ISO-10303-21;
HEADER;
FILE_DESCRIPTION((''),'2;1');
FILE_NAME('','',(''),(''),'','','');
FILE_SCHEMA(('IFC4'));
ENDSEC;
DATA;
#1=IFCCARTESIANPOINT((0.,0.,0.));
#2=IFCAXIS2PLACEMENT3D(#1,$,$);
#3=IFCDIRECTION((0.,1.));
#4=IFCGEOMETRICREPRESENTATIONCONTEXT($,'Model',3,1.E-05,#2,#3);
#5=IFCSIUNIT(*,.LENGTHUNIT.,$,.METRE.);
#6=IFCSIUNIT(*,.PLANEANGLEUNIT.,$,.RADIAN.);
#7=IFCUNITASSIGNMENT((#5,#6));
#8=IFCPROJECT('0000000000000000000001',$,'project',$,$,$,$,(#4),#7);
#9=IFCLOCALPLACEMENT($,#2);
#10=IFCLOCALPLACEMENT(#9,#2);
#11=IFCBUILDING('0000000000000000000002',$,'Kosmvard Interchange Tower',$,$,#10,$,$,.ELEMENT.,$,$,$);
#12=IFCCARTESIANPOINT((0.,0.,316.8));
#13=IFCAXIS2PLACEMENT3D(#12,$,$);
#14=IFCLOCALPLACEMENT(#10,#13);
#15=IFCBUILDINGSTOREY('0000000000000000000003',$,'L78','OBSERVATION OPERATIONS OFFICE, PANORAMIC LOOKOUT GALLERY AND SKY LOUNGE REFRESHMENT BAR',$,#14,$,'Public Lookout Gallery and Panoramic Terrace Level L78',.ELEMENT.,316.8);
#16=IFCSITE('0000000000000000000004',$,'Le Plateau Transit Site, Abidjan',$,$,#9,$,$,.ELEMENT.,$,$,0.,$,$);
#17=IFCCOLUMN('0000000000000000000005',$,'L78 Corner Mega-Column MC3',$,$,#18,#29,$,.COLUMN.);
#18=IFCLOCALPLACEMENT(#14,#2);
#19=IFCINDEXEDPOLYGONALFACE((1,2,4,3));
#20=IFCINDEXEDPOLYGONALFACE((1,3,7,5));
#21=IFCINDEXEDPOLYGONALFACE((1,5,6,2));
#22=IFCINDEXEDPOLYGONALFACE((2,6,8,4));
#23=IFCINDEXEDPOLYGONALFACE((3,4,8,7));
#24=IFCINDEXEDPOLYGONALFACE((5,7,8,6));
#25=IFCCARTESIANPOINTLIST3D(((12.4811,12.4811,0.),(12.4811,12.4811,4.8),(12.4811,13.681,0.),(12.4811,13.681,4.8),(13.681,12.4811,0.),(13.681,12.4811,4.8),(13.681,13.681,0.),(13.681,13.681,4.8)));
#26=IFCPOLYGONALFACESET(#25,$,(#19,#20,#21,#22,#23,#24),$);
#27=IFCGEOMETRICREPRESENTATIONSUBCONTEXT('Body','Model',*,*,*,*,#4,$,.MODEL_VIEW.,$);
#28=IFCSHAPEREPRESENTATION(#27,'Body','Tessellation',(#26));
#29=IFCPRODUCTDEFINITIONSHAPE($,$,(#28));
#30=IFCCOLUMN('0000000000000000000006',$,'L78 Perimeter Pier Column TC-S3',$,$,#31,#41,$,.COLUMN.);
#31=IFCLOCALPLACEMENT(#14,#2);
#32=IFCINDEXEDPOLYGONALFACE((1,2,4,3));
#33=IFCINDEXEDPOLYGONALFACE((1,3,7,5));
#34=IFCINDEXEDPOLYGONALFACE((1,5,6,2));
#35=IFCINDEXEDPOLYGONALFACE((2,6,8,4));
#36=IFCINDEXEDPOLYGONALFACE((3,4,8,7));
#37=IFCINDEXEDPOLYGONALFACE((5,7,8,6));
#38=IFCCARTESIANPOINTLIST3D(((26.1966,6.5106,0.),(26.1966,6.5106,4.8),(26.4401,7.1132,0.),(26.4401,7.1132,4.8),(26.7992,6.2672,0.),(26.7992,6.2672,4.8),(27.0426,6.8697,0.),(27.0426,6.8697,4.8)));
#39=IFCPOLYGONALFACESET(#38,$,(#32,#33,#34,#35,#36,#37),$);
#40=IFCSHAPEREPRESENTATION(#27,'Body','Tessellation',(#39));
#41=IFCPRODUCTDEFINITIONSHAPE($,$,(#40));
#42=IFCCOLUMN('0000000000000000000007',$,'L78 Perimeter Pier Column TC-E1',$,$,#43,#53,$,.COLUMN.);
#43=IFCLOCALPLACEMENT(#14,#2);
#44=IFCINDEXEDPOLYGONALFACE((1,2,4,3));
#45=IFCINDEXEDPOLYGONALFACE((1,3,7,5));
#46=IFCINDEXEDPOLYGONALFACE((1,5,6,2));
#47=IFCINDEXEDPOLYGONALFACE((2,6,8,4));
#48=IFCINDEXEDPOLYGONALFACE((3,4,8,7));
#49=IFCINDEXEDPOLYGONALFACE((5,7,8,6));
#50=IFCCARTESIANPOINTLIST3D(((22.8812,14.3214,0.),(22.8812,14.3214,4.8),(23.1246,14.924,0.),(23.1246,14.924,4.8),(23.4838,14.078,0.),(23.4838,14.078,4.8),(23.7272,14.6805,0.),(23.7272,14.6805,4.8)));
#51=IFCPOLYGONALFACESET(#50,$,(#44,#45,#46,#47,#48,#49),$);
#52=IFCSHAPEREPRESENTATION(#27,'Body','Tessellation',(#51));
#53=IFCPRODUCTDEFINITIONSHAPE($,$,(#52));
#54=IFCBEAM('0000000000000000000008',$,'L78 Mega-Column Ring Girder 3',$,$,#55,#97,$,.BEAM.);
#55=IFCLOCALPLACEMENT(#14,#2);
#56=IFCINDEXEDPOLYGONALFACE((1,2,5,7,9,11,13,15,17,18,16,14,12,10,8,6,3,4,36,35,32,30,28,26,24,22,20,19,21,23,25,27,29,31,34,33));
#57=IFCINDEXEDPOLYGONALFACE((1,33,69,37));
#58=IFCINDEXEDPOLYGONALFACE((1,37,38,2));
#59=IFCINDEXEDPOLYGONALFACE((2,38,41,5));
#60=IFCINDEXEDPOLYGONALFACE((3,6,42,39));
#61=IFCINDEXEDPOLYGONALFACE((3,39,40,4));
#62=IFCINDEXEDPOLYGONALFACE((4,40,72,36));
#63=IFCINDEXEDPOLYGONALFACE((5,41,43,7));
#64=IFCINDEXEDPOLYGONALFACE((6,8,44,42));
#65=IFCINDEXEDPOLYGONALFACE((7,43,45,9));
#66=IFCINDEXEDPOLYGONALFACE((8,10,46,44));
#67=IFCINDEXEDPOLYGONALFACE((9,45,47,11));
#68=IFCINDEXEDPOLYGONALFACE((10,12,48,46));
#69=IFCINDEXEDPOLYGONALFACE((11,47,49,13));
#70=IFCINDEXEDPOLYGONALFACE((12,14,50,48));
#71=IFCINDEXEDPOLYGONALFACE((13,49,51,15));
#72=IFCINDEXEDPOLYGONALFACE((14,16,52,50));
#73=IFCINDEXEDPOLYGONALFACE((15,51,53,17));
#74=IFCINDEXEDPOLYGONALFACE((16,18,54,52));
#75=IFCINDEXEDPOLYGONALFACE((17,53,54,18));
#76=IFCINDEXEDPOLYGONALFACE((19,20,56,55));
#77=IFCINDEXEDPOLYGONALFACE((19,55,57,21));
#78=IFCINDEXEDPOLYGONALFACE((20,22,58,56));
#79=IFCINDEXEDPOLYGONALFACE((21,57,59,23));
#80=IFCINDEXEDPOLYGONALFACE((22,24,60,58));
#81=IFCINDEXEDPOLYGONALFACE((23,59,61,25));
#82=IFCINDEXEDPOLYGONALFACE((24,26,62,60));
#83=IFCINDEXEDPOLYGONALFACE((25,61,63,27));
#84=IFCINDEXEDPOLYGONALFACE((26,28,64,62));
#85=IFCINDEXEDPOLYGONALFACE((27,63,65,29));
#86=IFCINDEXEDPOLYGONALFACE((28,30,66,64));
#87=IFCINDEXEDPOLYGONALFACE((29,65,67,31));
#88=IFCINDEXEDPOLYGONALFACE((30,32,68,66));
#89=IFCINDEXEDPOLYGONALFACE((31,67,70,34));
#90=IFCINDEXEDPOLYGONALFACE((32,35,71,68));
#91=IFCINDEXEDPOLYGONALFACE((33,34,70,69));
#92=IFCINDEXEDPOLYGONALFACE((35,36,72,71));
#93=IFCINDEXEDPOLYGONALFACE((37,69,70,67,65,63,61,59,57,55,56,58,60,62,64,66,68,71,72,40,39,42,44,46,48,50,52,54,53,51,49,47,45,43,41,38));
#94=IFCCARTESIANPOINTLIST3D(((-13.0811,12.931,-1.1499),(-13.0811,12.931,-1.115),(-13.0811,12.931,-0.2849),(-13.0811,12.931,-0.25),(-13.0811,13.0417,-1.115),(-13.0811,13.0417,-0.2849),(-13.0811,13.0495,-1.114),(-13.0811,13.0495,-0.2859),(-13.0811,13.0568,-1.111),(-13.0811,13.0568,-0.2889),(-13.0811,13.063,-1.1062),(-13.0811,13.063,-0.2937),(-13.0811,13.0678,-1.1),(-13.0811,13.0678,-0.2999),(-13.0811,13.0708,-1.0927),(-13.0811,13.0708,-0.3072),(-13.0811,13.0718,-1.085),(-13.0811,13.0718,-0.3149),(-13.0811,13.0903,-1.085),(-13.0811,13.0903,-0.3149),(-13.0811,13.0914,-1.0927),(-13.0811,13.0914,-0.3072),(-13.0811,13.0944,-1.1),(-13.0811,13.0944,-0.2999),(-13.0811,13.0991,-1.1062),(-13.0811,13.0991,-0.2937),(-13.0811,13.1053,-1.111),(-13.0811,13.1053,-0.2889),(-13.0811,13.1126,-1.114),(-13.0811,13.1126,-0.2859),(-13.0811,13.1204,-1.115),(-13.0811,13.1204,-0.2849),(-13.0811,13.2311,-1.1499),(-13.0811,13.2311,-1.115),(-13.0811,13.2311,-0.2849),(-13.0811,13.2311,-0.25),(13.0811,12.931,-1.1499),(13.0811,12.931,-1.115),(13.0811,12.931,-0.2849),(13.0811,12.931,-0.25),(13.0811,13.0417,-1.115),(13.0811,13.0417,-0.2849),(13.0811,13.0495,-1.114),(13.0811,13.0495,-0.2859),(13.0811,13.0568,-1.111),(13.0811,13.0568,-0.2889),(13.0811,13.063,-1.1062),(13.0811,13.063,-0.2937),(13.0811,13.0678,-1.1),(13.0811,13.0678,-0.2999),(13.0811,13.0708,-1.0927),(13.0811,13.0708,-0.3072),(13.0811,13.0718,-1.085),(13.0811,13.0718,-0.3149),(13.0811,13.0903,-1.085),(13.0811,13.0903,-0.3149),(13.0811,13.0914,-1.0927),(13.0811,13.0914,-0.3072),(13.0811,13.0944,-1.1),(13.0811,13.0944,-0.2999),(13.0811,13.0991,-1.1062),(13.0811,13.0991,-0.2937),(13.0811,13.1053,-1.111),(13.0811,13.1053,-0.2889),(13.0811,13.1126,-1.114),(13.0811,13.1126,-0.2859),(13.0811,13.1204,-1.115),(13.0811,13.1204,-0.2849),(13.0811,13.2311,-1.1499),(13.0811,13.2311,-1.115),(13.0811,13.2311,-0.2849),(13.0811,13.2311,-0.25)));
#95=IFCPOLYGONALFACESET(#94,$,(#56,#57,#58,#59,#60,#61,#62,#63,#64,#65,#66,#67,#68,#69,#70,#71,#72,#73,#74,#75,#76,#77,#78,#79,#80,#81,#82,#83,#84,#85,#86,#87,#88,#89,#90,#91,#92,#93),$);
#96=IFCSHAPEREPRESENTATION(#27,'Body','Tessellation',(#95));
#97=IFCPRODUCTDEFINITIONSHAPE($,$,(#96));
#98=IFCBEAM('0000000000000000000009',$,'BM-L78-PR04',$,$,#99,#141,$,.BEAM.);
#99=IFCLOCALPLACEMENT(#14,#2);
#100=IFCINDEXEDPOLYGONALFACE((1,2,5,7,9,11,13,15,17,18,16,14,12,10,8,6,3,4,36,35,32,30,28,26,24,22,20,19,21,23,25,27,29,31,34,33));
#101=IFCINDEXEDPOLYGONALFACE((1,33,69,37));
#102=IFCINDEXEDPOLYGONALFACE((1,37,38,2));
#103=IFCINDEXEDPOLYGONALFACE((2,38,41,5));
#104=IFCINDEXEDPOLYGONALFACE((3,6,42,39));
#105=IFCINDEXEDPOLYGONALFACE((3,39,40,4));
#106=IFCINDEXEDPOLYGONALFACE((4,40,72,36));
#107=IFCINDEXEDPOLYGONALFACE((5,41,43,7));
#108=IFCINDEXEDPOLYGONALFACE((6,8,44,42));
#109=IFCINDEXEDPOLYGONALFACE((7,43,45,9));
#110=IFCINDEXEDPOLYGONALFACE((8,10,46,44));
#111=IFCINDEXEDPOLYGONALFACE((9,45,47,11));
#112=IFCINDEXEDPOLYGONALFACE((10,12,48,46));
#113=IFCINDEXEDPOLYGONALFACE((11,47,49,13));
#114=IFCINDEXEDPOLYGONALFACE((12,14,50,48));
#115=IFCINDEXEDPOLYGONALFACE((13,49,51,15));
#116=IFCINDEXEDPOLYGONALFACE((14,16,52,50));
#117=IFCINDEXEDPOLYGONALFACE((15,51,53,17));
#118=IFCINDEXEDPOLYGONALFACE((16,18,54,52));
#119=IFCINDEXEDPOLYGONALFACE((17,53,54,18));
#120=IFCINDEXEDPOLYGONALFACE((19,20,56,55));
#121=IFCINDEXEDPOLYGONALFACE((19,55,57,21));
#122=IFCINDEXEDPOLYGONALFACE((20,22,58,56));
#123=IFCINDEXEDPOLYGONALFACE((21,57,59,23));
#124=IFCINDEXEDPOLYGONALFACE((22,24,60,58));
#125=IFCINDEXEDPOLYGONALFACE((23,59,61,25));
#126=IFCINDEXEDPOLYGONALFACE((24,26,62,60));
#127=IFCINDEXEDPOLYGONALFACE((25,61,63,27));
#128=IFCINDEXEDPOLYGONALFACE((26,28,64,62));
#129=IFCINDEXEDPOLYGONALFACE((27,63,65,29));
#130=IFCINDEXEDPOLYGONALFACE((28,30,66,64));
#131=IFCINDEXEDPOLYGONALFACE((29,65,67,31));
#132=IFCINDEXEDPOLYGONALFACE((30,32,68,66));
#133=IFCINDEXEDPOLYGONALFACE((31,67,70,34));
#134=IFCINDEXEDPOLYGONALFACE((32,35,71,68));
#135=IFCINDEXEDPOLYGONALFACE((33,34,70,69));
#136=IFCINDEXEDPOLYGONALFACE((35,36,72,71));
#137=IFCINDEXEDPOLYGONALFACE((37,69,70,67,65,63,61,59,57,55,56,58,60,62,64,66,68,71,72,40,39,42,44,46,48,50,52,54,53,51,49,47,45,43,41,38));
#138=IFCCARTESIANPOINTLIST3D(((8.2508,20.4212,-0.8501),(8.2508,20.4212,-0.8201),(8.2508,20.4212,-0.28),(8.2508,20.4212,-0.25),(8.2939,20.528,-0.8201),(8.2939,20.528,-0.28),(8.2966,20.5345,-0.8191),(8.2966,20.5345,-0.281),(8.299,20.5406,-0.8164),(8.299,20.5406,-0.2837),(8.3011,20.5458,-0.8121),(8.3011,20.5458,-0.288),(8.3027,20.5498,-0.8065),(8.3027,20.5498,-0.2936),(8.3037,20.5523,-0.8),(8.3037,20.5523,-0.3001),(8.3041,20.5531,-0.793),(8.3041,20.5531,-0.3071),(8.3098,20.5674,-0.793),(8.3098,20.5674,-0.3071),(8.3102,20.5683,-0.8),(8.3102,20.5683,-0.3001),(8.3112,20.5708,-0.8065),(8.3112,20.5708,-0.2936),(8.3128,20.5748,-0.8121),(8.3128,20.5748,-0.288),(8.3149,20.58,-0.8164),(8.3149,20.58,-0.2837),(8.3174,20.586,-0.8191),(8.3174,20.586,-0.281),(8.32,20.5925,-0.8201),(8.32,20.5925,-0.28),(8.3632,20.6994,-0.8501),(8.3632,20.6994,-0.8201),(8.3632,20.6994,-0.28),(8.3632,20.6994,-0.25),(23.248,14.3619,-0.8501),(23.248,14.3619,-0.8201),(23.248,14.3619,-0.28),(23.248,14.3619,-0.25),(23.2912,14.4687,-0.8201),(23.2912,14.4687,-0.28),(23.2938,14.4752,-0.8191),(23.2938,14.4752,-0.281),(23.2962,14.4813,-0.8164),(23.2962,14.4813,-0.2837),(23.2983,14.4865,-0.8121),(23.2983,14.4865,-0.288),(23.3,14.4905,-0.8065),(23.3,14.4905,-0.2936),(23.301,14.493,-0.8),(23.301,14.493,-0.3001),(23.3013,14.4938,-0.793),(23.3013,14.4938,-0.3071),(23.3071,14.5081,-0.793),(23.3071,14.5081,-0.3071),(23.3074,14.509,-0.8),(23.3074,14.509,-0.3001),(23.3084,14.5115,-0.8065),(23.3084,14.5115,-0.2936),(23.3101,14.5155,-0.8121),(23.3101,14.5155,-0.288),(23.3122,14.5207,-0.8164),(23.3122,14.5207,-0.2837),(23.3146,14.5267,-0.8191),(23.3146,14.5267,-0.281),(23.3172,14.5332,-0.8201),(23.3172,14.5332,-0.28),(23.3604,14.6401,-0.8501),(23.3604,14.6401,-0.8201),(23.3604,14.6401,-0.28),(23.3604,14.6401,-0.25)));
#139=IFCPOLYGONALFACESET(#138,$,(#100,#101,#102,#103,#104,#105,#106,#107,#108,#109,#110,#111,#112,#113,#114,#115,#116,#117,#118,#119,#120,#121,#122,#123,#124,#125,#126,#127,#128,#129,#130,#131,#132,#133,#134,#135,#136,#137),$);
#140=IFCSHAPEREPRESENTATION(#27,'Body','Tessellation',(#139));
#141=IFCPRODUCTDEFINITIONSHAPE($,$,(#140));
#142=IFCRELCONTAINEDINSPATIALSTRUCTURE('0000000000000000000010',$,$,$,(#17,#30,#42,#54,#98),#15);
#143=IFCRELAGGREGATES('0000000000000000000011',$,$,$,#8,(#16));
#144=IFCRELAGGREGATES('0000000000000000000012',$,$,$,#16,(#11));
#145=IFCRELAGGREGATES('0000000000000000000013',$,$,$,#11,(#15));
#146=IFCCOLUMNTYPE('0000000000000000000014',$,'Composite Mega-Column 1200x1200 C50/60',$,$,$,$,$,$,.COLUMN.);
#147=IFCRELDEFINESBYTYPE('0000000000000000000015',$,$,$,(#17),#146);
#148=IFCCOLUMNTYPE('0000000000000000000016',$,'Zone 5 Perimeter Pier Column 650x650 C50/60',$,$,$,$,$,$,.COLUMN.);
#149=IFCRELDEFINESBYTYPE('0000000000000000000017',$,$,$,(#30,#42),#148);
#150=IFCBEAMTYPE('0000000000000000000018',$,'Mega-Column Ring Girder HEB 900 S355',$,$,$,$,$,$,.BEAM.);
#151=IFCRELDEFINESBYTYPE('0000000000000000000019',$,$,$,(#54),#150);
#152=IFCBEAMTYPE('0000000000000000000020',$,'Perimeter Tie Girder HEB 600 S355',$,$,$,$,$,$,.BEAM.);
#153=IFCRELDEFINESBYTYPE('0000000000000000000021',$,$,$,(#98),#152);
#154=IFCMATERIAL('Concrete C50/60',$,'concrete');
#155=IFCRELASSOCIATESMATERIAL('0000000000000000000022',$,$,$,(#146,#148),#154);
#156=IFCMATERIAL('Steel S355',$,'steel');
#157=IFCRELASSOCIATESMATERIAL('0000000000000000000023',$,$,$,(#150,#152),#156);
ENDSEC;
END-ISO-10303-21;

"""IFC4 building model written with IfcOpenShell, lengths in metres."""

from ifc_helpers import new_model, si_unit, direction, frame, origin, origin_2d, place, context, subcontext, project, spatial, rectangle, i_section, extrude, source, transform, mapped, material, material_profile, profile_set, type_object, element, save


model = new_model("IFC4")

# Units and contexts
model_context = context("Model", 3, precision=1e-05, world=origin(), true_north=direction((0.0, 1.0)))
body_context = subcontext(model_context, "Body", "Model", "MODEL_VIEW")
ifc_project = project(units=[si_unit("LENGTHUNIT", "METRE"), si_unit("PLANEANGLEUNIT", "RADIAN")], contexts=[model_context])

# Site, building, storey
site_placement = place(None, origin())
site = spatial("IfcSite", under=ifc_project, at=site_placement, Name="Le Plateau Transit Site, Abidjan", CompositionType="ELEMENT", RefElevation=0.0)
building_placement = place(site_placement, origin())
building = spatial("IfcBuilding", under=site, at=building_placement, Name="Kosmvard Interchange Tower", CompositionType="ELEMENT")
storey_placement = place(building_placement, frame((0.0, 0.0, 316.8)))
storey = spatial("IfcBuildingStorey", under=building, at=storey_placement, Name="L78", Description="OBSERVATION OPERATIONS OFFICE, PANORAMIC LOOKOUT GALLERY AND SKY LOUNGE REFRESHMENT BAR", LongName="Public Lookout Gallery and Panoramic Terrace Level L78", CompositionType="ELEMENT", Elevation=316.8)

# Columns
ifc_material_1 = material(Name="Concrete C50/60", Category="concrete")
ifc_material_profile_1 = material_profile(ifc_material_1, rectangle(XDim=1.2, YDim=1.2, at=origin_2d()), Name="MC 1200x1200")
ifc_profile_set_1 = profile_set([ifc_material_profile_1], Name="Concrete C50/60")
column_type_1 = type_object("IfcColumnType", Name="Composite Mega-Column 1200x1200 C50/60", PredefinedType="COLUMN", material=ifc_profile_set_1)
shared_shape_1 = source(origin(), body_context, "Body", "SweptSolid", [
    extrude(rectangle(XDim=1.2, YDim=1.2, at=origin_2d()), origin(), (0.0, 0.0, 1.0), 4.8),
])
column_placement = place(storey_placement, frame((13.0811, 13.0811, 0.0), z_axis=(0.0, 0.0, 1.0), x_axis=(1.0, 0.0, 0.0)))
element("IfcColumn", 1, at=column_placement, inside=storey, type_object=column_type_1, Name="L78 Corner Mega-Column MC3", PredefinedType="COLUMN", context=body_context, shape_type="MappedRepresentation", body=[
    mapped(shared_shape_1, transform((0.0, 0.0, 0.0), scale=1.0)),
])
ifc_material_profile_2 = material_profile(ifc_material_1, rectangle(XDim=0.6499, YDim=0.6499, at=origin_2d()), Name="TC 650x650")
ifc_profile_set_2 = profile_set([ifc_material_profile_2], Name="Concrete C50/60")
column_type_2 = type_object("IfcColumnType", Name="Zone 5 Perimeter Pier Column 650x650 C50/60", PredefinedType="COLUMN", material=ifc_profile_set_2)
shared_shape_2 = source(origin(), body_context, "Body", "SweptSolid", [
    extrude(rectangle(XDim=0.6499, YDim=0.6499, at=origin_2d()), origin(), (0.0, 0.0, 1.0), 4.8),
])
for number, where, z_axis, x_axis, name in (
    (2, (26.6196, 6.6902, 0.0), (0.0, 0.0, 1.0), (0.374607, 0.927184, 0.0), "L78 Perimeter Pier Column TC-S3"),
    (3, (23.3042, 14.501, 0.0), (0.0, 0.0, 1.0), (0.374607, 0.927184, 0.0), "L78 Perimeter Pier Column TC-E1"),
):
    element("IfcColumn", number, at=place(storey_placement, frame(where, z_axis=z_axis, x_axis=x_axis)), inside=storey, type_object=column_type_2, Name=name, PredefinedType="COLUMN", context=body_context, shape_type="MappedRepresentation", body=[
        mapped(shared_shape_2, transform((0.0, 0.0, 0.0), scale=1.0)),
    ])

# Beams
ifc_material_2 = material(Name="Steel S355", Category="steel")
ifc_material_profile_3 = material_profile(ifc_material_2, i_section(OverallWidth=0.3, OverallDepth=0.8999, WebThickness=0.0186, FlangeThickness=0.0349, FilletRadius=0.03, at=origin_2d()), Name="HEB 900")
ifc_profile_set_3 = profile_set([ifc_material_profile_3], Name="Steel S355")
beam_type_1 = type_object("IfcBeamType", Name="Mega-Column Ring Girder HEB 900 S355", PredefinedType="BEAM", material=ifc_profile_set_3)
shared_shape_3 = source(origin(), body_context, "Body", "SweptSolid", [
    extrude(i_section(OverallWidth=0.3, OverallDepth=0.8999, WebThickness=0.0186, FlangeThickness=0.0349, FilletRadius=0.03, at=origin_2d()), origin(), (0.0, 0.0, 1.0), 26.1621),
])
beam_1_placement = place(storey_placement, frame((13.0811, 13.0811, -0.7), z_axis=(-1.0, 0.0, 0.0), x_axis=(0.0, -1.0, 0.0)))
element("IfcBeam", 4, at=beam_1_placement, inside=storey, type_object=beam_type_1, Name="L78 Mega-Column Ring Girder 3", PredefinedType="BEAM", context=body_context, shape_type="MappedRepresentation", body=[
    mapped(shared_shape_3, transform((0.0, 0.0, 0.0), scale=1.0)),
])
ifc_material_profile_4 = material_profile(ifc_material_2, i_section(OverallWidth=0.3, OverallDepth=0.6001, WebThickness=0.0154, FlangeThickness=0.03, FilletRadius=0.0271, at=origin_2d()), Name="HEB 600")
ifc_profile_set_4 = profile_set([ifc_material_profile_4], Name="Steel S355")
beam_type_2 = type_object("IfcBeamType", Name="Perimeter Tie Girder HEB 600 S355", PredefinedType="BEAM", material=ifc_profile_set_4)
shared_shape_4 = source(origin(), body_context, "Body", "SweptSolid", [
    extrude(i_section(OverallWidth=0.3, OverallDepth=0.6001, WebThickness=0.0154, FlangeThickness=0.03, FilletRadius=0.0271, at=origin_2d()), origin(), (0.0, 0.0, 1.0), 16.175),
])
beam_2_placement = place(storey_placement, frame((23.3042, 14.501, -0.55), z_axis=(-0.927183, 0.374608, 0.0), x_axis=(-0.374608, -0.927183, 0.0)))
element("IfcBeam", 5, at=beam_2_placement, inside=storey, type_object=beam_type_2, Name="BM-L78-PR04", PredefinedType="BEAM", context=body_context, shape_type="MappedRepresentation", body=[
    mapped(shared_shape_4, transform((0.0, 0.0, 0.0), scale=1.0)),
])

save(model, "model.ifc")
